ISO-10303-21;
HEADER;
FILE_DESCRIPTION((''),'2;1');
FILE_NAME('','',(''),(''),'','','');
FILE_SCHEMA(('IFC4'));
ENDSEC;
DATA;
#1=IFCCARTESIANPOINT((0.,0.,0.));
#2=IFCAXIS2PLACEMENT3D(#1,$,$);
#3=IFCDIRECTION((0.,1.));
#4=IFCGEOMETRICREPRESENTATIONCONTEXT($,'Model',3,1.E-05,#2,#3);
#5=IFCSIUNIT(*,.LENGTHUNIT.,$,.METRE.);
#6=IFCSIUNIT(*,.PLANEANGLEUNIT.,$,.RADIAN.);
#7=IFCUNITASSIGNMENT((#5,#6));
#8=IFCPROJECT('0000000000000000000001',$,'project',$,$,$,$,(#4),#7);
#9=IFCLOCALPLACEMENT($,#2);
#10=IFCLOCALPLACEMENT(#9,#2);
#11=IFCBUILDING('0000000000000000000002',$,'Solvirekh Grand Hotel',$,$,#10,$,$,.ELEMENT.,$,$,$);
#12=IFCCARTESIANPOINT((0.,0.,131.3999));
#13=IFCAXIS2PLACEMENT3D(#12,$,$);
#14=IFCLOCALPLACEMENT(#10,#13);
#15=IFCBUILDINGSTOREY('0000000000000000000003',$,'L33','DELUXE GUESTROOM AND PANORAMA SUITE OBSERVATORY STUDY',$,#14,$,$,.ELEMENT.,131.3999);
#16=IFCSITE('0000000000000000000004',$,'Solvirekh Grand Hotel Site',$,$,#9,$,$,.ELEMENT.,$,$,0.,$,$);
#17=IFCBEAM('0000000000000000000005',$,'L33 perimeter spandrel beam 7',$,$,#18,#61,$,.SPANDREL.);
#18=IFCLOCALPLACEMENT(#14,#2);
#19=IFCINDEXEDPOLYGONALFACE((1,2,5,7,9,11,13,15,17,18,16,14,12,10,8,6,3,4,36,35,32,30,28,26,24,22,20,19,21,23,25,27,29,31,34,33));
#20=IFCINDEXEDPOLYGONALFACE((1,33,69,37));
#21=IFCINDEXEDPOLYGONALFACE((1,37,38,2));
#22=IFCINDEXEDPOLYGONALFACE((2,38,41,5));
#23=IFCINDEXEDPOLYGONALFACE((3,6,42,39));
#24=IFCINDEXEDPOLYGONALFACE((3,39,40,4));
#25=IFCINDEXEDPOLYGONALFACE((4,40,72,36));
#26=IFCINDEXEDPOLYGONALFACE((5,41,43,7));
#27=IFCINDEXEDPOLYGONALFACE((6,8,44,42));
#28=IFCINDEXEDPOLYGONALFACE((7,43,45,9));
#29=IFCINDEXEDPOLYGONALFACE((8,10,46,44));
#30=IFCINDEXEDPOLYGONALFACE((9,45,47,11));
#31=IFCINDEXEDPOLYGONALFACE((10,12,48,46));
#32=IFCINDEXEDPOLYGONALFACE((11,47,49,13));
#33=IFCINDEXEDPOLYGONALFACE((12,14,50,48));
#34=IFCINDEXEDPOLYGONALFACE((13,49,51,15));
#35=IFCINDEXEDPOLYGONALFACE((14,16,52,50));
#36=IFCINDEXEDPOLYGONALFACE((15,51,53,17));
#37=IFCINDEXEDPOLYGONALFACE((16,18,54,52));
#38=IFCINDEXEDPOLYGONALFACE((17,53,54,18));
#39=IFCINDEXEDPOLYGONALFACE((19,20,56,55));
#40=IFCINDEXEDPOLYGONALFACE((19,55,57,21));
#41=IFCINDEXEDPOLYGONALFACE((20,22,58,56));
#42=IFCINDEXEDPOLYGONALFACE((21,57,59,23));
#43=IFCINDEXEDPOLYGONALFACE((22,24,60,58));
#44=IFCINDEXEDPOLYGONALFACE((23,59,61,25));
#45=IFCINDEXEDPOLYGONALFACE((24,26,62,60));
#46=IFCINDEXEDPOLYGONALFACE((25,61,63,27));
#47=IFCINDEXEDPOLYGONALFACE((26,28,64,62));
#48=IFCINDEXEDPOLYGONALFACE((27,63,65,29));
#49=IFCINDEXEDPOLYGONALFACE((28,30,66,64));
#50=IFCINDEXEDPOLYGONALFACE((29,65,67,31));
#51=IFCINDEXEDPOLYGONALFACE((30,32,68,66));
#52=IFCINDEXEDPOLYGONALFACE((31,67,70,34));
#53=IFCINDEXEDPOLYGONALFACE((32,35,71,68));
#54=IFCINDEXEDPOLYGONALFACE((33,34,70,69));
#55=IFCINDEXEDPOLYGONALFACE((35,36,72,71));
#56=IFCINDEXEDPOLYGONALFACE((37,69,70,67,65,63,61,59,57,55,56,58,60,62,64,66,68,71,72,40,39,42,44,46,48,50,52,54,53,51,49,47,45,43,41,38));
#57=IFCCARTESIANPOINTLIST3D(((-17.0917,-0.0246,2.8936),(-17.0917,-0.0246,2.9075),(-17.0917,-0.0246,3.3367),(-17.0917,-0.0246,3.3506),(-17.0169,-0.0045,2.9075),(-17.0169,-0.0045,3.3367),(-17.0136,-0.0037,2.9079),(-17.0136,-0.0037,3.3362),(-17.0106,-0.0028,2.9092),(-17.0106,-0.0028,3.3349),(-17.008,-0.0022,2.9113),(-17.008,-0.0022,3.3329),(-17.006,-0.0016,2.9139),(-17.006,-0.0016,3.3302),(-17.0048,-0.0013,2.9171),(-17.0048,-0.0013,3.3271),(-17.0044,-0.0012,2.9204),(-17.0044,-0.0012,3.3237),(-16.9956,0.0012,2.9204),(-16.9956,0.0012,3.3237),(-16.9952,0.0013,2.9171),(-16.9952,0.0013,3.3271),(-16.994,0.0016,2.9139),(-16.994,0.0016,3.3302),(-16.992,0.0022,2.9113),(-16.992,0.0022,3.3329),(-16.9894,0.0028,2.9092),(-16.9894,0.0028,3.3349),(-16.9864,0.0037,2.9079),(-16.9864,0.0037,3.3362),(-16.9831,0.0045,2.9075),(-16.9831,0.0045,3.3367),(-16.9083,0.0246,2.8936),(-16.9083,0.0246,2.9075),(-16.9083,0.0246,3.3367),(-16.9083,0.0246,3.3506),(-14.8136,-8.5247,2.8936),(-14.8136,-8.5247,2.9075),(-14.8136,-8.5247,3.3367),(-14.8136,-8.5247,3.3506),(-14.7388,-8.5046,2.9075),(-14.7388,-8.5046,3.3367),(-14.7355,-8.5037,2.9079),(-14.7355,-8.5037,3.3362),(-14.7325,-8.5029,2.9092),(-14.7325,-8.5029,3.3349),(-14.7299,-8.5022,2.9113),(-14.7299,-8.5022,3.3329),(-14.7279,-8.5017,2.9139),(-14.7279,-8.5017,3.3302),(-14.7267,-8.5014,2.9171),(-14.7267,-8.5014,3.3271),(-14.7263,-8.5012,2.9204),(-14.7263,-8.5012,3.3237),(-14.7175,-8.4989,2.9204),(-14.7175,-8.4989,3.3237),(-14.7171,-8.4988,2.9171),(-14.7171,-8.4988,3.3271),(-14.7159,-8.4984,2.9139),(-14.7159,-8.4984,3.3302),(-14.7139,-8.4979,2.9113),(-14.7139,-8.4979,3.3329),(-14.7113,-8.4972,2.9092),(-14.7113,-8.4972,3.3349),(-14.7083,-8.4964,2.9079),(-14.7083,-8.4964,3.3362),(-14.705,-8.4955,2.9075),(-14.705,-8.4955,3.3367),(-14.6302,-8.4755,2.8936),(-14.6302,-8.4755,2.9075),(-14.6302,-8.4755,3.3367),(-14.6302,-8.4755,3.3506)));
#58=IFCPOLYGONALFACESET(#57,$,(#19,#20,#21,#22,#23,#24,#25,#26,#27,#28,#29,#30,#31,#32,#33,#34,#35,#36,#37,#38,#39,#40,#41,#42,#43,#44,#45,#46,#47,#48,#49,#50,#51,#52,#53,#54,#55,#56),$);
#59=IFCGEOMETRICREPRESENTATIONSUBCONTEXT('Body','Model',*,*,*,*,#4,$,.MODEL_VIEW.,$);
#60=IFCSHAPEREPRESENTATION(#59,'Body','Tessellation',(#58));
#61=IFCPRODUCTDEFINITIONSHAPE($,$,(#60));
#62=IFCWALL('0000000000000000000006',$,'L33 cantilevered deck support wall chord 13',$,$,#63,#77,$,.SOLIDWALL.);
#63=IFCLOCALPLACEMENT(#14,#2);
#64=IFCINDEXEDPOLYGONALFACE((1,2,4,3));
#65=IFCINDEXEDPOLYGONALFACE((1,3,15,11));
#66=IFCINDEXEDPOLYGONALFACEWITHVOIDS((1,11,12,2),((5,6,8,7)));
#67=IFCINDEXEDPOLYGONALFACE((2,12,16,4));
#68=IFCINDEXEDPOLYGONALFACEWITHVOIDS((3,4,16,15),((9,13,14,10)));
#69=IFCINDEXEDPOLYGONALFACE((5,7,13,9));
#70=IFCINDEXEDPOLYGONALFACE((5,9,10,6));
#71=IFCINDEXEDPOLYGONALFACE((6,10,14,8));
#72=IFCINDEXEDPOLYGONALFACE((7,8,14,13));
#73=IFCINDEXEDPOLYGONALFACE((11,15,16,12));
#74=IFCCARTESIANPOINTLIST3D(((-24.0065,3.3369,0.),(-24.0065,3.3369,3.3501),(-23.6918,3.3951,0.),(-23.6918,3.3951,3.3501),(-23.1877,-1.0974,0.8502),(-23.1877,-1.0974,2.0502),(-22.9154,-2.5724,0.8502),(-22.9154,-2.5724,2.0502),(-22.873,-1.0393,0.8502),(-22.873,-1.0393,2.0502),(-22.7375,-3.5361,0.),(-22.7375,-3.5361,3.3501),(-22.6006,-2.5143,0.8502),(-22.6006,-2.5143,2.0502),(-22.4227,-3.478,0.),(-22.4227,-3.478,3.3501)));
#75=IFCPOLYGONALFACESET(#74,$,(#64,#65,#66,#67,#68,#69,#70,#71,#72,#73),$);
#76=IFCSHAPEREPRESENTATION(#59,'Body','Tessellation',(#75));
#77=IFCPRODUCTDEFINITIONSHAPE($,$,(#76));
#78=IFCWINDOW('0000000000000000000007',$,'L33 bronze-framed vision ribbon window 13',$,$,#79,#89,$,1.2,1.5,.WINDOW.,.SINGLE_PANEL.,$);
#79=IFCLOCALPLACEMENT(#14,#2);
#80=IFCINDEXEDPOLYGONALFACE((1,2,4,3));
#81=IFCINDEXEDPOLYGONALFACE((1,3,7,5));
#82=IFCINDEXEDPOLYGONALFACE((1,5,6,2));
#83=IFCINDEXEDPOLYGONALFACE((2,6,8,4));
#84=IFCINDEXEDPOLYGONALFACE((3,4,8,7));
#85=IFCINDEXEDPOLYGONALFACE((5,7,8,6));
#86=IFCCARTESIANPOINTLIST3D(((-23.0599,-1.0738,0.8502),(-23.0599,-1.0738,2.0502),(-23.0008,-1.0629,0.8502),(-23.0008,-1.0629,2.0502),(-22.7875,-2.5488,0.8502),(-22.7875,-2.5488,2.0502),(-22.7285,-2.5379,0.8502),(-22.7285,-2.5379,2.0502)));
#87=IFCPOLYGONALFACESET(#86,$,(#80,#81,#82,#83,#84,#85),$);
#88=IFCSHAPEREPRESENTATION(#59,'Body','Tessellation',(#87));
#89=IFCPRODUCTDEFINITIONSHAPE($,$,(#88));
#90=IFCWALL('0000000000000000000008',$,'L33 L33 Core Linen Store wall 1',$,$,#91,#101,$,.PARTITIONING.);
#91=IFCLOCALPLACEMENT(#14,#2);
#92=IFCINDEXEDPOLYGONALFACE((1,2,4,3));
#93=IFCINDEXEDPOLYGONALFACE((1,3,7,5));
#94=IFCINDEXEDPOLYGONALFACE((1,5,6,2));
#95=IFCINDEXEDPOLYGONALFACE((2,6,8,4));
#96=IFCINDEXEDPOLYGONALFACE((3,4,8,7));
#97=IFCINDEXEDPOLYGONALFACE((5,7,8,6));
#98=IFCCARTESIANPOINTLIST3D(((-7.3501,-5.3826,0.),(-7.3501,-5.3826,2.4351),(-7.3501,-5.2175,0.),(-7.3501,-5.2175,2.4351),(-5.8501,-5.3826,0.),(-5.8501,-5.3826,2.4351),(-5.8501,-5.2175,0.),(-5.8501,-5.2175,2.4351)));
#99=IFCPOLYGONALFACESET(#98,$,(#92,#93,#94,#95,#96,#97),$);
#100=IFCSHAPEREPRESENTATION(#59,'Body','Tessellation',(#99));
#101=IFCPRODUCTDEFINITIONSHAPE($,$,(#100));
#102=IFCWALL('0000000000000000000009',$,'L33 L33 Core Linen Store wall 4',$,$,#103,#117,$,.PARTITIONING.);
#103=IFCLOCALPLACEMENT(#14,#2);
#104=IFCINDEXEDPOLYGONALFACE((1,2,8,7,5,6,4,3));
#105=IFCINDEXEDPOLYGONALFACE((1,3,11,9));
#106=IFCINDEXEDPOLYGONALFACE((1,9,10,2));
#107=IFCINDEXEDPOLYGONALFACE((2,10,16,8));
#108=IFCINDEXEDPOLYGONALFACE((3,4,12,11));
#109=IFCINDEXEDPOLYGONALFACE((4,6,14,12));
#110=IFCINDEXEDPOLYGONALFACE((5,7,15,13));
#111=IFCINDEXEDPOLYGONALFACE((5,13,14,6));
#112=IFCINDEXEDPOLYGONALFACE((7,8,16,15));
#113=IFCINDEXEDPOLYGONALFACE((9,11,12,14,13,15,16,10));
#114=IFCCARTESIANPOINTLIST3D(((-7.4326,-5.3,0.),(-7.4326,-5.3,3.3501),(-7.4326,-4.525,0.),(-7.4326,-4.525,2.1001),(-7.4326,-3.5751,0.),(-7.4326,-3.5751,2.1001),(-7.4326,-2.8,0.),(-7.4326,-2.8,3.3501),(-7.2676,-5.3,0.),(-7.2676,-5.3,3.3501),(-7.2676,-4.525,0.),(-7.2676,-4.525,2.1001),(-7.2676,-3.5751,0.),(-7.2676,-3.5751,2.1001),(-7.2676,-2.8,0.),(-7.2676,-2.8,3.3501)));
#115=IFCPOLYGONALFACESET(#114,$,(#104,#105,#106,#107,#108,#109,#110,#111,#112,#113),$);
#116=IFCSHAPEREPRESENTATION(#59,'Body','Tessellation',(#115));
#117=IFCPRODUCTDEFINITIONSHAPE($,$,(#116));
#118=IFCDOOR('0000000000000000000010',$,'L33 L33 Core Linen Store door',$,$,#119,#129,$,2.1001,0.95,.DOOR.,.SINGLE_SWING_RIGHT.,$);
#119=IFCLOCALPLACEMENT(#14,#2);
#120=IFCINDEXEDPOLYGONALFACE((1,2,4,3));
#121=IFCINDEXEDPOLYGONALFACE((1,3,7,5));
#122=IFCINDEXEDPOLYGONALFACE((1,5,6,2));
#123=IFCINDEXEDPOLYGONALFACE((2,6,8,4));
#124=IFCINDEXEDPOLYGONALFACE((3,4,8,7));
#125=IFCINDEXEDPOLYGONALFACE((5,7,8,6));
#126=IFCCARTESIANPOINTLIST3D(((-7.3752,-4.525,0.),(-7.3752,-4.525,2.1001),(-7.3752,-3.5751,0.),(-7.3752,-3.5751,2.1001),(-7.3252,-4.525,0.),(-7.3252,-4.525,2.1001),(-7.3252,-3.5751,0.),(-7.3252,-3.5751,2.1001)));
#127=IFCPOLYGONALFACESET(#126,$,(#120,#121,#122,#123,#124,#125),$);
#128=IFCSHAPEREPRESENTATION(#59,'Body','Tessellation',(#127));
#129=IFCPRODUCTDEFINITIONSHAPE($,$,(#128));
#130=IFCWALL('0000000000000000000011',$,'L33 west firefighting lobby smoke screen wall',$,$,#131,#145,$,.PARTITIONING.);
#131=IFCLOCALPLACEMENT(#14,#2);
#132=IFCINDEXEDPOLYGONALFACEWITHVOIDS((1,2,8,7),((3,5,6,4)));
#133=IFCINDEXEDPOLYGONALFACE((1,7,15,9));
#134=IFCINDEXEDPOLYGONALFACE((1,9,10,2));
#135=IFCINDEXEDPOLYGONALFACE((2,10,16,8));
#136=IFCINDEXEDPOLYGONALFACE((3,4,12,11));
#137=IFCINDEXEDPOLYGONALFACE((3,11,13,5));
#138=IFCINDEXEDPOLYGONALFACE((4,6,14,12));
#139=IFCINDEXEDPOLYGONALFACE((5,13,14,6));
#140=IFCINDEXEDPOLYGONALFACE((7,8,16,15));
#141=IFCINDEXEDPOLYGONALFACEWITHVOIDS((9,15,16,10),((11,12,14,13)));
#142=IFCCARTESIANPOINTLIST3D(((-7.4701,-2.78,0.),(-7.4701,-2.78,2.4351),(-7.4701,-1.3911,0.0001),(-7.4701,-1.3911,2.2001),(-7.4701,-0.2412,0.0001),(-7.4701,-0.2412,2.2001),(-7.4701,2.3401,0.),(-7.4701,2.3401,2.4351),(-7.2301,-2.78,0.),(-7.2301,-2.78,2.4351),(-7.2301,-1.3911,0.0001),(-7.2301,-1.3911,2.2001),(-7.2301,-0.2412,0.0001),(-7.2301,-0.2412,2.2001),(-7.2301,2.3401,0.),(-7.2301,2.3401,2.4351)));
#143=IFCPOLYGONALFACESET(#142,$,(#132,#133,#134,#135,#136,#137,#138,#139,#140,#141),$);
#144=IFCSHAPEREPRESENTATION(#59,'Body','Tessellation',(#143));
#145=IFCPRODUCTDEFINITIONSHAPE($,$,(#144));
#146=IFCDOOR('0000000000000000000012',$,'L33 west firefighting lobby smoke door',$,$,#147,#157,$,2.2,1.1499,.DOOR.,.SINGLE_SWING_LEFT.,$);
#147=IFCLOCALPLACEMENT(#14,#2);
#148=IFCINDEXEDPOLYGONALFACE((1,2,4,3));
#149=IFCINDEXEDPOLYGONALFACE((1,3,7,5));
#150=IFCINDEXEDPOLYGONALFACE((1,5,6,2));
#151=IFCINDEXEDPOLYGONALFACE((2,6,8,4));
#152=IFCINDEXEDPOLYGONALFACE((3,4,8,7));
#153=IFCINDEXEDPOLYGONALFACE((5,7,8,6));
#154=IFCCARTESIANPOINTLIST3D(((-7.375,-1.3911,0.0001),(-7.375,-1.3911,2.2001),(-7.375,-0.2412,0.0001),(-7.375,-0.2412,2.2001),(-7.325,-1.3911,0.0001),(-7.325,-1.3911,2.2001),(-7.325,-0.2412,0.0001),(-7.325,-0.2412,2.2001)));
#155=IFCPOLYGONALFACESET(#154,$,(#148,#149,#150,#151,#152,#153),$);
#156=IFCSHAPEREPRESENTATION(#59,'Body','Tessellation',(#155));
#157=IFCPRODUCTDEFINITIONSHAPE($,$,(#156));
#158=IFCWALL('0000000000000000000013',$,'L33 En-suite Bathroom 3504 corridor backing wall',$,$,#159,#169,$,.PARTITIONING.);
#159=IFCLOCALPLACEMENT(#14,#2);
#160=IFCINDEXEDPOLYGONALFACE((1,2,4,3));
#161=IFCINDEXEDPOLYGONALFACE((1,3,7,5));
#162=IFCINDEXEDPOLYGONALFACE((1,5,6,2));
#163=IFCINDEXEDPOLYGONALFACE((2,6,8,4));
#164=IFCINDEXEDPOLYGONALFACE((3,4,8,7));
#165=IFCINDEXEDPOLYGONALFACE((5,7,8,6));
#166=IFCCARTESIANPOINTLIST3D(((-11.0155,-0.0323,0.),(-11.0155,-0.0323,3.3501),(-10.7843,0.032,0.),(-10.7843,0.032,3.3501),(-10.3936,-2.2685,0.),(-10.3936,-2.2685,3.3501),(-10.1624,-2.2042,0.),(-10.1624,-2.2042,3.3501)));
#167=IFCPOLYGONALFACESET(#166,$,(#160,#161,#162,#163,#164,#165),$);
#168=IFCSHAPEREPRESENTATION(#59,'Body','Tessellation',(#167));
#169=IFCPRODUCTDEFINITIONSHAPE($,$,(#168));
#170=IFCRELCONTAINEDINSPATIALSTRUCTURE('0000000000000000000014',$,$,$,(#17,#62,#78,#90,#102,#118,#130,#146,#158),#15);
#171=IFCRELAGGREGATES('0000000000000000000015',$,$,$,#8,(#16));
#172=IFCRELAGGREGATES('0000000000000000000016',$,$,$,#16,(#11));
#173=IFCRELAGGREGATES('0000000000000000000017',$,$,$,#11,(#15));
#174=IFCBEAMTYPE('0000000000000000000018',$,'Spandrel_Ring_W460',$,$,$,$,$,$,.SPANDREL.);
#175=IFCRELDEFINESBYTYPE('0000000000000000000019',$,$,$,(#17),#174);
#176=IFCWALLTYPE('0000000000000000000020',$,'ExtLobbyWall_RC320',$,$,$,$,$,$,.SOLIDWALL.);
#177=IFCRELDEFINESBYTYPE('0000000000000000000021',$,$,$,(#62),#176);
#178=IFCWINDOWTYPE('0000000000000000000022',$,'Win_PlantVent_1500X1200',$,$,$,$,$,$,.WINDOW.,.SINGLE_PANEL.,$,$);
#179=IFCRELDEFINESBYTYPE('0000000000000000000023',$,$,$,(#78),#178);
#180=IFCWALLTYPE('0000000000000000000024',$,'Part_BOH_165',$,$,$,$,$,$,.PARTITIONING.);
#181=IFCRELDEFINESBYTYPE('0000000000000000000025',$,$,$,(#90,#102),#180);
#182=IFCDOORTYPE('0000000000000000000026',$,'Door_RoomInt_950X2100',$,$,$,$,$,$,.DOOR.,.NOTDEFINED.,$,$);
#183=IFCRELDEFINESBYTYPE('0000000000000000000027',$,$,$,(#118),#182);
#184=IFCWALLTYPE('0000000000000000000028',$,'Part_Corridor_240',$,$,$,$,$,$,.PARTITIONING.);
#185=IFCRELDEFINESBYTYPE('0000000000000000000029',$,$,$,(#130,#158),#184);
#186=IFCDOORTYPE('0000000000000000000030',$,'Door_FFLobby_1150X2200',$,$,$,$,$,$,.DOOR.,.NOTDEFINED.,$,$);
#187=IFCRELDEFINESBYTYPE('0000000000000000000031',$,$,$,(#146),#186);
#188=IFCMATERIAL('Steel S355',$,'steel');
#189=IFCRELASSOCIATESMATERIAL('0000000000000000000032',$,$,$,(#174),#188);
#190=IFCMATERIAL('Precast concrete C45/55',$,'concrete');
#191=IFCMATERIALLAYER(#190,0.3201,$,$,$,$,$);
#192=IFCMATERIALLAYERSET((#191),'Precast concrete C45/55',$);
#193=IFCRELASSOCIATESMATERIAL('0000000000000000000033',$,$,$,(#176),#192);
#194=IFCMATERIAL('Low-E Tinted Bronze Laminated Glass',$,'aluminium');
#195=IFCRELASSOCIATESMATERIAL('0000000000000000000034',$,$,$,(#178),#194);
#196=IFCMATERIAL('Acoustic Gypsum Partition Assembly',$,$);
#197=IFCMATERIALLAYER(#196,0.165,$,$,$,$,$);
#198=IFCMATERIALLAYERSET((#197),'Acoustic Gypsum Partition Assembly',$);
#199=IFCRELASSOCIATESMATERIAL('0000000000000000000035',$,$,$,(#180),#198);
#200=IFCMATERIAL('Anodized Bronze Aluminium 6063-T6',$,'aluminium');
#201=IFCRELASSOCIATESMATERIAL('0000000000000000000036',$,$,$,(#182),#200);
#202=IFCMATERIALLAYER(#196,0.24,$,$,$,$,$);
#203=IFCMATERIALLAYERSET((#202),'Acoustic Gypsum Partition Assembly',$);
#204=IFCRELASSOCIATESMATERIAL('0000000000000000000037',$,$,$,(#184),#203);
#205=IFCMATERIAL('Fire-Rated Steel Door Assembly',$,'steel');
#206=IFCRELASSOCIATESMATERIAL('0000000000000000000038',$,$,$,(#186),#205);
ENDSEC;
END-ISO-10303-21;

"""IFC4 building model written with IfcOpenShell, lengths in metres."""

from ifc_helpers import new_model, si_unit, direction, frame, frame_2d, origin, origin_2d, place, context, subcontext, project, spatial, rectangle, i_section, extrude, material, layer, layer_set, material_profile, profile_set, type_object, element, fill, save


model = new_model("IFC4")

# Units and contexts
model_context = context("Model", 3, precision=1e-05, world=origin(), true_north=direction((0.0, 1.0)))
body_context = subcontext(model_context, "Body", "Model", "MODEL_VIEW")
ifc_project = project(units=[si_unit("LENGTHUNIT", "METRE"), si_unit("PLANEANGLEUNIT", "RADIAN")], contexts=[model_context])

# Site, building, storey
site_placement = place(None, origin())
site = spatial("IfcSite", under=ifc_project, at=site_placement, Name="Solvirekh Grand Hotel Site", CompositionType="ELEMENT", RefElevation=0.0)
building_placement = place(site_placement, origin())
building = spatial("IfcBuilding", under=site, at=building_placement, Name="Solvirekh Grand Hotel", CompositionType="ELEMENT")
storey_placement = place(building_placement, frame((0.0, 0.0, 131.3999)))
storey = spatial("IfcBuildingStorey", under=building, at=storey_placement, Name="L33", Description="DELUXE GUESTROOM AND PANORAMA SUITE OBSERVATORY STUDY", CompositionType="ELEMENT", Elevation=131.3999)

# Beam
ifc_material_1 = material(Name="Steel S355", Category="steel")
ifc_material_profile_1 = material_profile(ifc_material_1, i_section(OverallWidth=0.1899, OverallDepth=0.457, WebThickness=0.009, FlangeThickness=0.0139, FilletRadius=0.0129, at=origin_2d()), Name="W460X74")
ifc_profile_set_1 = profile_set([ifc_material_profile_1], Name="Steel S355")
beam_type_1 = type_object("IfcBeamType", Name="Spandrel_Ring_W460", PredefinedType="SPANDREL", material=ifc_profile_set_1)
beam_1_placement = place(storey_placement, frame((-17.0, 0.0, 3.1221), z_axis=(0.258873, -0.965911, 0.0), x_axis=(0.965911, 0.258873, 0.0)))
element("IfcBeam", 1, at=beam_1_placement, inside=storey, type_object=beam_type_1, Name="L33 perimeter spandrel beam 7", PredefinedType="SPANDREL", context=body_context, shape_type="SweptSolid", body=[
    extrude(i_section(OverallWidth=0.1899, OverallDepth=0.457, WebThickness=0.009, FlangeThickness=0.0139, FilletRadius=0.0129, at=origin_2d()), origin(), (0.0, 0.0, 1.0), 8.8),
])

# Wall, opening, window
ifc_material_2 = material(Name="Precast concrete C45/55", Category="concrete")
ifc_layer_1 = layer(ifc_material_2, 0.3201)
ifc_layer_set_1 = layer_set([ifc_layer_1], Name="Precast concrete C45/55")
wall_type_1 = type_object("IfcWallType", Name="ExtLobbyWall_RC320", PredefinedType="SOLIDWALL", material=ifc_layer_set_1)
wall_1_placement = place(storey_placement, frame((-22.5801, -3.5071, 0.0), z_axis=(0.0, 0.0, 1.0), x_axis=(-0.181571, 0.983378, 0.0)))
wall_1 = element("IfcWall", 2, at=wall_1_placement, inside=storey, type_object=wall_type_1, Name="L33 cantilevered deck support wall chord 13", PredefinedType="SOLIDWALL", context=body_context, shape_type="SweptSolid", body=[
    extrude(rectangle(XDim=6.9893, YDim=0.3201, at=frame_2d((3.4946, 0.0))), origin(), (0.0, 0.0, 1.0), 3.3501),
])
opening_1_placement = place(wall_1_placement, frame((0.98, 0.0, 0.8501)))
opening_1 = element("IfcOpeningElement", 3, at=opening_1_placement, cuts=wall_1, PredefinedType="OPENING", context=body_context, shape_type="SweptSolid", body=[
    extrude(rectangle(XDim=1.5, YDim=1.2, at=frame_2d((0.75, 0.6001))), frame((0.0, 0.1699, 0.0), z_axis=(0.0, -1.0, 0.0), x_axis=(1.0, 0.0, 0.0)), (0.0, 0.0, 1.0), 0.3401),
])
ifc_material_3 = material(Name="Low-E Tinted Bronze Laminated Glass", Category="aluminium")
window_type = type_object("IfcWindowType", Name="Win_PlantVent_1500X1200", PartitioningType="SINGLE_PANEL", PredefinedType="WINDOW", material=ifc_material_3)
window_placement = place(opening_1_placement, origin())
window = element("IfcWindow", 4, at=window_placement, inside=storey, type_object=window_type, Name="L33 bronze-framed vision ribbon window 13", OverallHeight=1.2, OverallWidth=1.5, PartitioningType="SINGLE_PANEL", PredefinedType="WINDOW", context=body_context, shape_type="SweptSolid", body=[
    extrude(rectangle(XDim=1.5, YDim=1.2, at=frame_2d((0.75, 0.6001))), frame((0.0, 0.03, 0.0), z_axis=(0.0, -1.0, 0.0), x_axis=(1.0, 0.0, 0.0)), (0.0, 0.0, 1.0), 0.0601),
])
fill(opening_1, window)

# Wall
ifc_material_4 = material(Name="Acoustic Gypsum Partition Assembly")
ifc_layer_2 = layer(ifc_material_4, 0.165)
ifc_layer_set_2 = layer_set([ifc_layer_2], Name="Acoustic Gypsum Partition Assembly")
wall_type_2 = type_object("IfcWallType", Name="Part_BOH_165", PredefinedType="PARTITIONING", material=ifc_layer_set_2)
wall_2_placement = place(storey_placement, frame((-7.3501, -5.3, 0.0), z_axis=(0.0, 0.0, 1.0), x_axis=(1.0, 0.0, 0.0)))
element("IfcWall", 5, at=wall_2_placement, inside=storey, type_object=wall_type_2, Name="L33 L33 Core Linen Store wall 1", PredefinedType="PARTITIONING", context=body_context, shape_type="SweptSolid", body=[
    extrude(rectangle(XDim=1.5, YDim=0.165, at=frame_2d((0.75, 0.0))), origin(), (0.0, 0.0, 1.0), 2.4351),
])

# Walls, openings, doors
wall_3_placement = place(storey_placement, frame((-7.3501, -2.8, 0.0), z_axis=(0.0, 0.0, 1.0), x_axis=(0.0, -1.0, 0.0)))
wall_3 = element("IfcWall", 6, at=wall_3_placement, inside=storey, type_object=wall_type_2, Name="L33 L33 Core Linen Store wall 4", PredefinedType="PARTITIONING", context=body_context, shape_type="SweptSolid", body=[
    extrude(rectangle(XDim=2.5, YDim=0.165, at=frame_2d((1.25, 0.0))), origin(), (0.0, 0.0, 1.0), 3.3501),
])
opening_2_placement = place(wall_3_placement, frame((0.7749, 0.0, 0.0)))
opening_2 = element("IfcOpeningElement", 7, at=opening_2_placement, cuts=wall_3, PredefinedType="OPENING", context=body_context, shape_type="SweptSolid", body=[
    extrude(rectangle(XDim=0.95, YDim=2.1001, at=frame_2d((0.4751, 1.05))), frame((0.0, 0.0925, 0.0), z_axis=(0.0, -1.0, 0.0), x_axis=(1.0, 0.0, 0.0)), (0.0, 0.0, 1.0), 0.1851),
])
ifc_material_5 = material(Name="Anodized Bronze Aluminium 6063-T6", Category="aluminium")
door_type_1 = type_object("IfcDoorType", Name="Door_RoomInt_950X2100", OperationType="NOTDEFINED", PredefinedType="DOOR", material=ifc_material_5)
door_1_placement = place(opening_2_placement, origin())
door_1 = element("IfcDoor", 8, at=door_1_placement, inside=storey, type_object=door_type_1, Name="L33 L33 Core Linen Store door", OperationType="SINGLE_SWING_RIGHT", OverallHeight=2.1001, OverallWidth=0.95, PredefinedType="DOOR", context=body_context, shape_type="SweptSolid", body=[
    extrude(rectangle(XDim=0.95, YDim=2.1001, at=frame_2d((0.4751, 1.05))), frame((0.0, 0.0249, 0.0), z_axis=(0.0, -1.0, 0.0), x_axis=(1.0, 0.0, 0.0)), (0.0, 0.0, 1.0), 0.05),
])
fill(opening_2, door_1)
ifc_layer_3 = layer(ifc_material_4, 0.24)
ifc_layer_set_3 = layer_set([ifc_layer_3], Name="Acoustic Gypsum Partition Assembly")
wall_type_3 = type_object("IfcWallType", Name="Part_Corridor_240", PredefinedType="PARTITIONING", material=ifc_layer_set_3)
wall_4_placement = place(storey_placement, frame((-7.3501, -2.78, 0.0), z_axis=(0.0, 0.0, 1.0), x_axis=(0.0, 1.0, 0.0)))
wall_4 = element("IfcWall", 9, at=wall_4_placement, inside=storey, type_object=wall_type_3, Name="L33 west firefighting lobby smoke screen wall", PredefinedType="PARTITIONING", context=body_context, shape_type="SweptSolid", body=[
    extrude(rectangle(XDim=5.1201, YDim=0.24, at=frame_2d((2.5601, 0.0))), origin(), (0.0, 0.0, 1.0), 2.4351),
])
opening_3_placement = place(wall_4_placement, frame((1.3889, 0.0, 0.0)))
opening_3 = element("IfcOpeningElement", 10, at=opening_3_placement, cuts=wall_4, PredefinedType="OPENING", context=body_context, shape_type="SweptSolid", body=[
    extrude(rectangle(XDim=1.1499, YDim=2.2, at=frame_2d((0.575, 1.1001))), frame((0.0, 0.1299, 0.0), z_axis=(0.0, -1.0, 0.0), x_axis=(1.0, 0.0, 0.0)), (0.0, 0.0, 1.0), 0.26),
])
ifc_material_6 = material(Name="Fire-Rated Steel Door Assembly", Category="steel")
door_type_2 = type_object("IfcDoorType", Name="Door_FFLobby_1150X2200", OperationType="NOTDEFINED", PredefinedType="DOOR", material=ifc_material_6)
door_2_placement = place(opening_3_placement, origin())
door_2 = element("IfcDoor", 11, at=door_2_placement, inside=storey, type_object=door_type_2, Name="L33 west firefighting lobby smoke door", OperationType="SINGLE_SWING_LEFT", OverallHeight=2.2, OverallWidth=1.1499, PredefinedType="DOOR", context=body_context, shape_type="SweptSolid", body=[
    extrude(rectangle(XDim=1.1499, YDim=2.2, at=frame_2d((0.575, 1.1001))), frame((0.0, 0.0249, 0.0), z_axis=(0.0, -1.0, 0.0), x_axis=(1.0, 0.0, 0.0)), (0.0, 0.0, 1.0), 0.05),
])
fill(opening_3, door_2)

# Wall
wall_5_placement = place(storey_placement, frame((-10.8999, 0.0, 0.0), z_axis=(0.0, 0.0, 1.0), x_axis=(0.267921, -0.963441, 0.0)))
element("IfcWall", 12, at=wall_5_placement, inside=storey, type_object=wall_type_3, Name="L33 En-suite Bathroom 3504 corridor backing wall", PredefinedType="PARTITIONING", context=body_context, shape_type="SweptSolid", body=[
    extrude(rectangle(XDim=2.321, YDim=0.24, at=frame_2d((1.1606, 0.0))), origin(), (0.0, 0.0, 1.0), 3.3501),
])

save(model, "model.ifc")
